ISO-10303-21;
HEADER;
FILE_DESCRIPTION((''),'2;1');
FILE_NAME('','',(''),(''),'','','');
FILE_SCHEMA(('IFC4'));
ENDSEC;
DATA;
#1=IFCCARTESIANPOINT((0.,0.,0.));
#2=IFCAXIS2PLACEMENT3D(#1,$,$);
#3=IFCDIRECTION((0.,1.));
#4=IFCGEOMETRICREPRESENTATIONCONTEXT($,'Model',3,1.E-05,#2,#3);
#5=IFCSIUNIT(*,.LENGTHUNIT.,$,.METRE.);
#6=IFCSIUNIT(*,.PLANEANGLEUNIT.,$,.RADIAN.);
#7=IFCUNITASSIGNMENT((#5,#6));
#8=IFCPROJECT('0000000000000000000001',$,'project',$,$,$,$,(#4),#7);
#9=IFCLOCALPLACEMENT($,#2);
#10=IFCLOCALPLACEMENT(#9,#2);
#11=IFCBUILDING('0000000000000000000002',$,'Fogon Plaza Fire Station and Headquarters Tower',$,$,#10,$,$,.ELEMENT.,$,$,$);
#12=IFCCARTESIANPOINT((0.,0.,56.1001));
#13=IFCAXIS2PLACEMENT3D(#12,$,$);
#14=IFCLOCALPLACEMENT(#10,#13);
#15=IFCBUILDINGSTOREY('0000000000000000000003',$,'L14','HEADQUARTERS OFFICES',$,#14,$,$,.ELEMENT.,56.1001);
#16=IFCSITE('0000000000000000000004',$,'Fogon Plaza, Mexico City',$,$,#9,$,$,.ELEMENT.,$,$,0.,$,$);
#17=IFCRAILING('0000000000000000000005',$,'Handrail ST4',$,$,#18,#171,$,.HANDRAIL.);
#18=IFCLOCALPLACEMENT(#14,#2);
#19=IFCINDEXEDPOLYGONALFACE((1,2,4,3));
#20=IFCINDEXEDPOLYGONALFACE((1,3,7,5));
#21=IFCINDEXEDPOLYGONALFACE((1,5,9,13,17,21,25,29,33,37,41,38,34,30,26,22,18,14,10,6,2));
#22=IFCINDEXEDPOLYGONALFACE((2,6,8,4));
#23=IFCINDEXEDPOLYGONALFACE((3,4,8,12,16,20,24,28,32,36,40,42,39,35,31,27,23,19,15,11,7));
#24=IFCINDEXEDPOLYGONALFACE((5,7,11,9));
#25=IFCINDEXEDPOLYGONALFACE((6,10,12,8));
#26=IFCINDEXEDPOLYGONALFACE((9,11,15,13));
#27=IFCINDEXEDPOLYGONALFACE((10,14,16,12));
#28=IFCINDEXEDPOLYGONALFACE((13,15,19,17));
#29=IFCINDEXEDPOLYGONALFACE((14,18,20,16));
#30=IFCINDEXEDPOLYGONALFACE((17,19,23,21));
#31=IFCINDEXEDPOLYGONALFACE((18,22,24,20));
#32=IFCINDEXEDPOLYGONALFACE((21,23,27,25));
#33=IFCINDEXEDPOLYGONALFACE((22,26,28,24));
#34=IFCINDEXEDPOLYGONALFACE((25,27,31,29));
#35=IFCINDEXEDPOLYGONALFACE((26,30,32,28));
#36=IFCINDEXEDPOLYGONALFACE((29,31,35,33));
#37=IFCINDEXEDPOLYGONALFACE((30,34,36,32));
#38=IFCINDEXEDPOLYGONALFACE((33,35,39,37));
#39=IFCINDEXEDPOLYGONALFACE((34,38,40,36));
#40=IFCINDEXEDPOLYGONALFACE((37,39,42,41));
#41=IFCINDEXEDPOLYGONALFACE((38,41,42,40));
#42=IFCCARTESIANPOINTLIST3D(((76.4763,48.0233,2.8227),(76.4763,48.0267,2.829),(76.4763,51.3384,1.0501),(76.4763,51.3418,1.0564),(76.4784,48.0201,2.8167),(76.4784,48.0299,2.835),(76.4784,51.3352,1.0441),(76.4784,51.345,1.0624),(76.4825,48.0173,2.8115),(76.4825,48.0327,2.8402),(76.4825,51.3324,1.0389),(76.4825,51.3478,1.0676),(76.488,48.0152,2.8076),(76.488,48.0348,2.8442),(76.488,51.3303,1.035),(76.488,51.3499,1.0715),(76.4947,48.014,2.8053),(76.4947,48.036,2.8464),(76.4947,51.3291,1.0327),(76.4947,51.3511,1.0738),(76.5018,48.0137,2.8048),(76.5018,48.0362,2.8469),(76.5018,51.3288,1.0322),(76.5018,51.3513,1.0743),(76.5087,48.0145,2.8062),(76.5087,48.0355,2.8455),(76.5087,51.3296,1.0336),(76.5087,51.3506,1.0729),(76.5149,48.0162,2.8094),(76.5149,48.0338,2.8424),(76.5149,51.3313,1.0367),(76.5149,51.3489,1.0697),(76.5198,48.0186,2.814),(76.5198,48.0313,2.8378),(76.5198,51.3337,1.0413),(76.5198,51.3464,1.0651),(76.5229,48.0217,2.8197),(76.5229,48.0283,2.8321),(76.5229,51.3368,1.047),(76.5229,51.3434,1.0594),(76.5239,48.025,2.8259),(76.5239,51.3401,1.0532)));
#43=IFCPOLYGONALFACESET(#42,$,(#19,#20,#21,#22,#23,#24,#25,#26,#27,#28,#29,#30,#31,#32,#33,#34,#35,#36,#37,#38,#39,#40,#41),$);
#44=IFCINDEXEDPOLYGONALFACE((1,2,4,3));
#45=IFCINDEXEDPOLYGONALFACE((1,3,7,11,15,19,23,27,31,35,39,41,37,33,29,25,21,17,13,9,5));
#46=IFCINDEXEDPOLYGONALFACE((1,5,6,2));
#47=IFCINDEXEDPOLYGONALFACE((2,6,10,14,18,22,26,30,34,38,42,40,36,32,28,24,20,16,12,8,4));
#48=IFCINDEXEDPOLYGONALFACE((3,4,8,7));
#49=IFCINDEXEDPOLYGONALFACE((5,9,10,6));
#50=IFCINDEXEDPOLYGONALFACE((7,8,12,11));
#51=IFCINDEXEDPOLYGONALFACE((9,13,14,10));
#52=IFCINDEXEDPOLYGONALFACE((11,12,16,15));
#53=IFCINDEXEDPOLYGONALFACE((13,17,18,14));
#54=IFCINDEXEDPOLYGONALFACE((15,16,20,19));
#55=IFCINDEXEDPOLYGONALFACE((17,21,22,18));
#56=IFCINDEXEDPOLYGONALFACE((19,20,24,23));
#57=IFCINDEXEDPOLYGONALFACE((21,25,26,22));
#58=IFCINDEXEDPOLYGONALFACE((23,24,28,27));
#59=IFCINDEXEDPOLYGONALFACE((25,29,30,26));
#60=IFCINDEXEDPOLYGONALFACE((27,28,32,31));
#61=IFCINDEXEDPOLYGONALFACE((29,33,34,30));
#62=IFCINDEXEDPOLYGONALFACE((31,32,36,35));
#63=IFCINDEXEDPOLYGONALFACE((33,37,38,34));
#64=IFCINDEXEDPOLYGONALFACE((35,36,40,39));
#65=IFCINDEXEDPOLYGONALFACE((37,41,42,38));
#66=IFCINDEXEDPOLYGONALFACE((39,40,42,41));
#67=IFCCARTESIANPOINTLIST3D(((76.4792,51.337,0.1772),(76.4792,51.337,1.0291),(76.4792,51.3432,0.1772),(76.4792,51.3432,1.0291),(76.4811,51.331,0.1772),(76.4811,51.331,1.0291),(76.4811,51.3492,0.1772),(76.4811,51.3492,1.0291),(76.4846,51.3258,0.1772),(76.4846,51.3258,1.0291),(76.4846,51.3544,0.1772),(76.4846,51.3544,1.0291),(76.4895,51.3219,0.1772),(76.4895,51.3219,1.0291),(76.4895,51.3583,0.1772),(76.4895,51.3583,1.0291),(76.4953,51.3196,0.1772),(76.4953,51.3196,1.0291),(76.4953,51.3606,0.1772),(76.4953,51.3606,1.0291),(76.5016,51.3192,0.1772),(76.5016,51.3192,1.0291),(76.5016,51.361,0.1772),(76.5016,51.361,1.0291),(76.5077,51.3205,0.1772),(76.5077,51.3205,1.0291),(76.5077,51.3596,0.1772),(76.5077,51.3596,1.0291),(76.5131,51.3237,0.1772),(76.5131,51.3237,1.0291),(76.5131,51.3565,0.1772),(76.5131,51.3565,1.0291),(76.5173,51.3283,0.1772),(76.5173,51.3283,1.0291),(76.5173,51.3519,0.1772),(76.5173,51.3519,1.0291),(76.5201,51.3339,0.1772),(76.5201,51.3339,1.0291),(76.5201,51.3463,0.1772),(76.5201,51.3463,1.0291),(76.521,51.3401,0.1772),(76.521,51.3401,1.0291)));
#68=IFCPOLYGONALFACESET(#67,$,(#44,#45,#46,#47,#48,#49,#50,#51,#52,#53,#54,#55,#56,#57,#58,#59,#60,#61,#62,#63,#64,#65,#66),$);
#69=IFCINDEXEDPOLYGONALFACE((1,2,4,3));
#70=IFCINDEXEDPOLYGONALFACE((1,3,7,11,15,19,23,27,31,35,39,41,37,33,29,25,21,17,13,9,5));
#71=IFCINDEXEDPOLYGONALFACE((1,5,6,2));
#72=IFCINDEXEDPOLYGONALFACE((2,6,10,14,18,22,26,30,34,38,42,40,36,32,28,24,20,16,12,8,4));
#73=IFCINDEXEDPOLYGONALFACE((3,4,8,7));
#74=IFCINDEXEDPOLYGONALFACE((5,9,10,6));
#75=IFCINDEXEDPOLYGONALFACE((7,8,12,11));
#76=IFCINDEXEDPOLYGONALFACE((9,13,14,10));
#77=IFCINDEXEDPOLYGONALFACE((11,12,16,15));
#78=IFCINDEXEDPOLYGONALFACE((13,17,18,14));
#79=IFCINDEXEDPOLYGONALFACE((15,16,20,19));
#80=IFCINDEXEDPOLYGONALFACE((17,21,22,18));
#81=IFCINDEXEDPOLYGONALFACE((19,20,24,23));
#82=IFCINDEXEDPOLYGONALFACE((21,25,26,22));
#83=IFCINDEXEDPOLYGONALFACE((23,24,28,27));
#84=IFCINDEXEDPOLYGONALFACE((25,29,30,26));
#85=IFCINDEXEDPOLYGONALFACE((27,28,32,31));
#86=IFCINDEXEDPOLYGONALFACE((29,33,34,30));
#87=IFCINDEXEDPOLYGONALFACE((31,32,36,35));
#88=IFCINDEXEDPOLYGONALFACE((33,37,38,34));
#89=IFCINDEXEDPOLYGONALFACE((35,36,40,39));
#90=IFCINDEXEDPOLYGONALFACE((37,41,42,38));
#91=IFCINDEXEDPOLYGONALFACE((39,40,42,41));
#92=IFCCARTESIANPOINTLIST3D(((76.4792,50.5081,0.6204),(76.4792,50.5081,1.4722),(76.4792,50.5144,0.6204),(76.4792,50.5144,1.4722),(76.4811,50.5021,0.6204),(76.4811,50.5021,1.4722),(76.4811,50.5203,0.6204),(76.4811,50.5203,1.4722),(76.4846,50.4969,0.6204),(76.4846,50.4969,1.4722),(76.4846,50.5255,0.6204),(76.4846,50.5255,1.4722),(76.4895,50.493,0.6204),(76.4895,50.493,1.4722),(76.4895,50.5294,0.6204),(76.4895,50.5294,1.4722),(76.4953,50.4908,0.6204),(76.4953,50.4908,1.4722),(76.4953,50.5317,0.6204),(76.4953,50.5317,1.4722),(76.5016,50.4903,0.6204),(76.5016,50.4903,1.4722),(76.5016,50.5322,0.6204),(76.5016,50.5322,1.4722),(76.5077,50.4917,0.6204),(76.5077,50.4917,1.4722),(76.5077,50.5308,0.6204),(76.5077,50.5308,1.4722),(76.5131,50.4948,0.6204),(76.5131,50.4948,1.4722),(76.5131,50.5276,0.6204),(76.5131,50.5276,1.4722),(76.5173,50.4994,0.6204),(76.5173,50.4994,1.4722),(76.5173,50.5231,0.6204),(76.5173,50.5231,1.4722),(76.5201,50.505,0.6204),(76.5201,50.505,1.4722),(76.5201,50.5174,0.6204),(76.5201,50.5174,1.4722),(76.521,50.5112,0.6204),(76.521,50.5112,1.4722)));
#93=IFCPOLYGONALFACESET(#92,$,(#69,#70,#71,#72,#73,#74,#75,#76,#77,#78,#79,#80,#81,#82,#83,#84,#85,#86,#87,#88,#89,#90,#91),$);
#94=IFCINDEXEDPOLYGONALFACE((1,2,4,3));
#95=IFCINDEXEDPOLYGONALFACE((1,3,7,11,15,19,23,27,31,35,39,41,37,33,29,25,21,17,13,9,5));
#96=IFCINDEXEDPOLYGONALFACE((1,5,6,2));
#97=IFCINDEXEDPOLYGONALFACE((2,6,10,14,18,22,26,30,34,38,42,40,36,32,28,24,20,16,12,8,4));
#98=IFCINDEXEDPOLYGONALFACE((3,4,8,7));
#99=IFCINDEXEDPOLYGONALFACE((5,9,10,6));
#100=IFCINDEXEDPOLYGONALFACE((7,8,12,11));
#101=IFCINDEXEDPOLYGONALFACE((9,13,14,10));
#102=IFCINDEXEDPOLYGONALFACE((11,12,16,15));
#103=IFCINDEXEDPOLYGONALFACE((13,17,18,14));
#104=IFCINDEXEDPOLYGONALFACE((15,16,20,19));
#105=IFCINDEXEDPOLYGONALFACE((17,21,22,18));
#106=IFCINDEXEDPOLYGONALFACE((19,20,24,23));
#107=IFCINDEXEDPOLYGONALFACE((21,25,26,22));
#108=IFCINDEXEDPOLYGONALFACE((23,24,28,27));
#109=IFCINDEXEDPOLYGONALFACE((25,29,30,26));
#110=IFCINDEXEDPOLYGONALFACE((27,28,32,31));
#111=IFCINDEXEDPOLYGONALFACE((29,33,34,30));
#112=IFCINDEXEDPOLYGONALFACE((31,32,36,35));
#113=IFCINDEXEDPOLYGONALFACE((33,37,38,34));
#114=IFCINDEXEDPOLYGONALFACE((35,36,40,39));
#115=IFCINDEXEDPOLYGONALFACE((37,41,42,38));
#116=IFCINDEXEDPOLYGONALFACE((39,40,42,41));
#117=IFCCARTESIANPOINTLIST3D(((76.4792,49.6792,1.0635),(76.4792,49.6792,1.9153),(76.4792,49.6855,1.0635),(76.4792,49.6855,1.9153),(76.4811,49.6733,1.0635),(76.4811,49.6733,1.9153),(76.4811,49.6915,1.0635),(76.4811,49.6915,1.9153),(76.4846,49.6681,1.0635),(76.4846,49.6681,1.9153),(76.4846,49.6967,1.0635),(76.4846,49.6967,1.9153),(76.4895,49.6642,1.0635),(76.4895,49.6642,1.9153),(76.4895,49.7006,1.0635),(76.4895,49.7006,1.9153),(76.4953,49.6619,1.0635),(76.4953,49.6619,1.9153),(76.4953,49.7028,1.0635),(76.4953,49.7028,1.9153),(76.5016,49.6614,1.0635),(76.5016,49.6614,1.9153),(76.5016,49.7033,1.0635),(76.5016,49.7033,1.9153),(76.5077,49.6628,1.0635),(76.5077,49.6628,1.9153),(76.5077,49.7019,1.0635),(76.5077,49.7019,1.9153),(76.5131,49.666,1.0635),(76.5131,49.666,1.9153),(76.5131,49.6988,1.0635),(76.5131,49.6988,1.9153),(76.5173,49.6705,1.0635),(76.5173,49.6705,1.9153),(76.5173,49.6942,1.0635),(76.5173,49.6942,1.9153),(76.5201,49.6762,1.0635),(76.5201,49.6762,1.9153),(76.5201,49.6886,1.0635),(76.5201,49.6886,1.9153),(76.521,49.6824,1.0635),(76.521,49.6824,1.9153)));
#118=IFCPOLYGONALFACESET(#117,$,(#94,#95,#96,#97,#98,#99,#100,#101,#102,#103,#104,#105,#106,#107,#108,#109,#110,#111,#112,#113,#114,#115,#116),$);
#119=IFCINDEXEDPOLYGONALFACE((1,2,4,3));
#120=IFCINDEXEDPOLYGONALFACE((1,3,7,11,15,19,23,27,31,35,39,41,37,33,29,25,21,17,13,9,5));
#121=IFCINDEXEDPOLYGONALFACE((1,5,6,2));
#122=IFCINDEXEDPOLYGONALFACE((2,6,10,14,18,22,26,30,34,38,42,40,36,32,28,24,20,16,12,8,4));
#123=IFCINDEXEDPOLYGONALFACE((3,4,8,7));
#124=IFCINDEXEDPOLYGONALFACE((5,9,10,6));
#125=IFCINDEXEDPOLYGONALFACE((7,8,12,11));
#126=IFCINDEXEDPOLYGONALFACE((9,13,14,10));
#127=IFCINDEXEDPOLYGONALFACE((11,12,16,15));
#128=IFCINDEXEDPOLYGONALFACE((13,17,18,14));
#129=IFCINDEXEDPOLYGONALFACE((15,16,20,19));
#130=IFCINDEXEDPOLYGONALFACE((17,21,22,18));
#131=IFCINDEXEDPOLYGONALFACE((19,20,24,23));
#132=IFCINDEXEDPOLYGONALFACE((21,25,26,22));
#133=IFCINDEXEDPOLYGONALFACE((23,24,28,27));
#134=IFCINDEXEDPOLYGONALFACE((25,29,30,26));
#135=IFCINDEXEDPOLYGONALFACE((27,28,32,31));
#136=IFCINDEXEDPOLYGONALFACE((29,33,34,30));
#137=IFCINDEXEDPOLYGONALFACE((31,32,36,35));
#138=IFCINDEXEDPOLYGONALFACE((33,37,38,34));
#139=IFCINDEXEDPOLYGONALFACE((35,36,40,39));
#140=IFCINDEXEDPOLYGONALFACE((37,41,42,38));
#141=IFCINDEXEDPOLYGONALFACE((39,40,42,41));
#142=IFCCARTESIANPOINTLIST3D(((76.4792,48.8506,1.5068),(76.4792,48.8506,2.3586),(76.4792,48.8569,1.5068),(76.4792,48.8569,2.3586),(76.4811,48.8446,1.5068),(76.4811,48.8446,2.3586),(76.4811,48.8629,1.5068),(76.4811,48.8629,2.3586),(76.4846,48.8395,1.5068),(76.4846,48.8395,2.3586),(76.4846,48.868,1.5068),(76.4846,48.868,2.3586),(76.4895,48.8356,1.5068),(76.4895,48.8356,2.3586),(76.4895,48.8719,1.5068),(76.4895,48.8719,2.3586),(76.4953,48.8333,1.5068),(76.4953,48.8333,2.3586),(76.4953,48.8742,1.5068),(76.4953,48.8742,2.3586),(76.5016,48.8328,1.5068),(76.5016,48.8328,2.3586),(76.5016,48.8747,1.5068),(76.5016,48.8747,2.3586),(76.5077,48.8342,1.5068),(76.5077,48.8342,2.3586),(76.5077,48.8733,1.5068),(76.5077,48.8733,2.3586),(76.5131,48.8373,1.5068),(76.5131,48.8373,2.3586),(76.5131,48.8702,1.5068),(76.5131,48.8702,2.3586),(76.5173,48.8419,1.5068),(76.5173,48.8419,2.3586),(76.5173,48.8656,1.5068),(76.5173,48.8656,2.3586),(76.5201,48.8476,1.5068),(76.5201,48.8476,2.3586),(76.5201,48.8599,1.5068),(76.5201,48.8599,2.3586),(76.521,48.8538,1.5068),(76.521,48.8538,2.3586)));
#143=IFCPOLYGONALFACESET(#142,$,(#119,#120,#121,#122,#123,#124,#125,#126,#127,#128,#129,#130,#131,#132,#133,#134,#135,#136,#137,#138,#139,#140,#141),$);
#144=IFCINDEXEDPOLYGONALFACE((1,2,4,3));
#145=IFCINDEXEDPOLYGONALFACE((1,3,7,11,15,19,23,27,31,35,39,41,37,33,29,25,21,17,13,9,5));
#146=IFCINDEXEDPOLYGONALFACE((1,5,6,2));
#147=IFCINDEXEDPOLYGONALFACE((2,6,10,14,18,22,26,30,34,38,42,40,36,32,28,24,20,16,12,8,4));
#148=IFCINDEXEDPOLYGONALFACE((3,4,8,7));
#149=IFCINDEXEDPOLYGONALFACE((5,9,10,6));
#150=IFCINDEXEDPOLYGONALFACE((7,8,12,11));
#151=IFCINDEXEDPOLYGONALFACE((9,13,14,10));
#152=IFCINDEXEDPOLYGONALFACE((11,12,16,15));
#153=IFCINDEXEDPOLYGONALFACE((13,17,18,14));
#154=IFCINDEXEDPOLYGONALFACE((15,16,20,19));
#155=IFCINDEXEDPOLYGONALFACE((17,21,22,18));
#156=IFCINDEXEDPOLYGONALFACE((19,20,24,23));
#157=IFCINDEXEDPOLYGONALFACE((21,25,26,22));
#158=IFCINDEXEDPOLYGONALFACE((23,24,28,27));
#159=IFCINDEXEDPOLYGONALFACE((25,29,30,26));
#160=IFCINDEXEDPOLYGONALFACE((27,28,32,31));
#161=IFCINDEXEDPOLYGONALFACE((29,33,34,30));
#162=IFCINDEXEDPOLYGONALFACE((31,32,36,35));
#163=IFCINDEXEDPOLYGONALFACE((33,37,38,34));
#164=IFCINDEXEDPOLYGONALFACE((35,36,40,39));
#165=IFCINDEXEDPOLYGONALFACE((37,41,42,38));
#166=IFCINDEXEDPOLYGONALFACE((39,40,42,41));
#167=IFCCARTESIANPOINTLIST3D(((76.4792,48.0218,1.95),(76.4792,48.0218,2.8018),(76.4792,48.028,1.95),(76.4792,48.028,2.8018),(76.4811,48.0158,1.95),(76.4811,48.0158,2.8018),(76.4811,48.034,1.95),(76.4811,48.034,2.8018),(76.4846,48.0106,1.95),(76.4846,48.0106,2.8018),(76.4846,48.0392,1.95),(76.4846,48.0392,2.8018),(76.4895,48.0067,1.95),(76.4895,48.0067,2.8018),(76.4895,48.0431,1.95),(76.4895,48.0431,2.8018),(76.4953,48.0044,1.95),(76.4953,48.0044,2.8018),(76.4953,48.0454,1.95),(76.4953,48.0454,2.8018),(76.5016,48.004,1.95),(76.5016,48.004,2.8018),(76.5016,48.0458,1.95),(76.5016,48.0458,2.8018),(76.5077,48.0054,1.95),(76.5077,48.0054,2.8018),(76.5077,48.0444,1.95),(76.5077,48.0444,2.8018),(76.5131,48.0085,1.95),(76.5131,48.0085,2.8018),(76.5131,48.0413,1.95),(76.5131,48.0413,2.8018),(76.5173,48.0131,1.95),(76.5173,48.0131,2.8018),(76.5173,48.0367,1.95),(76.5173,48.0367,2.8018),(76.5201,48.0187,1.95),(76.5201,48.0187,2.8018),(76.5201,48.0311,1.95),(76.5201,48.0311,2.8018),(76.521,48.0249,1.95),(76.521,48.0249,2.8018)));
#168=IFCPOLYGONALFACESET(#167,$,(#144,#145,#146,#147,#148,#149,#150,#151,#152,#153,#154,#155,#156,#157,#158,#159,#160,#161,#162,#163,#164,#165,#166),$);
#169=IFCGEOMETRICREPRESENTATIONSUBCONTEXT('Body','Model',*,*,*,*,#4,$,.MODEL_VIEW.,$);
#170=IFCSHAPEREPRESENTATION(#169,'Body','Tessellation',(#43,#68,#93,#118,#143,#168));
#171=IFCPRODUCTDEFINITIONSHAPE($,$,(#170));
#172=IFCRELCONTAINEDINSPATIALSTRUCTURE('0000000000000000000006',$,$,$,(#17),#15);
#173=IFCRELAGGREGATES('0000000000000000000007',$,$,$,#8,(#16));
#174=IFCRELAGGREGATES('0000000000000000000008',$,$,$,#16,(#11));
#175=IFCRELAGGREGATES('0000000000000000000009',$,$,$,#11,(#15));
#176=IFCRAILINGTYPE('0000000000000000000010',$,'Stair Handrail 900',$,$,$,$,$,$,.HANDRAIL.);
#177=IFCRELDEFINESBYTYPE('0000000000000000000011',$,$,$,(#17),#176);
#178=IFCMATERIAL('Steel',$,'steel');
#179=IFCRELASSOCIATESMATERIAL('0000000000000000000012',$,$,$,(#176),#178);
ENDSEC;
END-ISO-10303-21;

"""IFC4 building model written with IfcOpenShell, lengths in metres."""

from ifc_helpers import new_model, si_unit, direction, frame, origin, origin_2d, place, context, subcontext, project, spatial, circle, extrude, material, type_object, element, save


model = new_model("IFC4")

# Units and contexts
model_context = context("Model", 3, precision=1e-05, world=origin(), true_north=direction((0.0, 1.0)))
body_context = subcontext(model_context, "Body", "Model", "MODEL_VIEW")
ifc_project = project(units=[si_unit("LENGTHUNIT", "METRE"), si_unit("PLANEANGLEUNIT", "RADIAN")], contexts=[model_context])

# Site, building, storey
site_placement = place(None, origin())
site = spatial("IfcSite", under=ifc_project, at=site_placement, Name="Fogon Plaza, Mexico City", CompositionType="ELEMENT", RefElevation=0.0)
building_placement = place(site_placement, origin())
building = spatial("IfcBuilding", under=site, at=building_placement, Name="Fogon Plaza Fire Station and Headquarters Tower", CompositionType="ELEMENT")
storey_placement = place(building_placement, frame((0.0, 0.0, 56.1001)))
storey = spatial("IfcBuildingStorey", under=building, at=storey_placement, Name="L14", Description="HEADQUARTERS OFFICES", CompositionType="ELEMENT", Elevation=56.1001)

# Railing
ifc_material_1 = material(Name="Steel", Category="steel")
railing_type = type_object("IfcRailingType", Name="Stair Handrail 900", PredefinedType="HANDRAIL", material=ifc_material_1)
for number, where, name in (
    (1, (76.5, 51.3401, 0.1772), "Handrail ST4"),
):
    element("IfcRailing", number, at=place(storey_placement, frame(where)), inside=storey, type_object=railing_type, Name=name, PredefinedType="HANDRAIL", context=body_context, shape_type="SweptSolid", body=[
        extrude(circle(Radius=0.0239, at=origin_2d()), frame((0.0, 0.0, 0.876), z_axis=(0.0, -0.881844, 0.471542), x_axis=(1.0, 0.0, 0.0)), (0.0, 0.0, 1.0), 3.7593),
        extrude(circle(Radius=0.021, at=origin_2d()), origin(), (0.0, 0.0, 1.0), 0.8518),
        extrude(circle(Radius=0.021, at=origin_2d()), frame((0.0, -0.8289, 0.4431)), (0.0, 0.0, 1.0), 0.8518),
        extrude(circle(Radius=0.021, at=origin_2d()), frame((0.0, -1.6577, 0.8862)), (0.0, 0.0, 1.0), 0.8518),
        extrude(circle(Radius=0.021, at=origin_2d()), frame((0.0, -2.4863, 1.3296)), (0.0, 0.0, 1.0), 0.8518),
        extrude(circle(Radius=0.021, at=origin_2d()), frame((0.0, -3.3152, 1.7727)), (0.0, 0.0, 1.0), 0.8518),
    ])

save(model, "model.ifc")
